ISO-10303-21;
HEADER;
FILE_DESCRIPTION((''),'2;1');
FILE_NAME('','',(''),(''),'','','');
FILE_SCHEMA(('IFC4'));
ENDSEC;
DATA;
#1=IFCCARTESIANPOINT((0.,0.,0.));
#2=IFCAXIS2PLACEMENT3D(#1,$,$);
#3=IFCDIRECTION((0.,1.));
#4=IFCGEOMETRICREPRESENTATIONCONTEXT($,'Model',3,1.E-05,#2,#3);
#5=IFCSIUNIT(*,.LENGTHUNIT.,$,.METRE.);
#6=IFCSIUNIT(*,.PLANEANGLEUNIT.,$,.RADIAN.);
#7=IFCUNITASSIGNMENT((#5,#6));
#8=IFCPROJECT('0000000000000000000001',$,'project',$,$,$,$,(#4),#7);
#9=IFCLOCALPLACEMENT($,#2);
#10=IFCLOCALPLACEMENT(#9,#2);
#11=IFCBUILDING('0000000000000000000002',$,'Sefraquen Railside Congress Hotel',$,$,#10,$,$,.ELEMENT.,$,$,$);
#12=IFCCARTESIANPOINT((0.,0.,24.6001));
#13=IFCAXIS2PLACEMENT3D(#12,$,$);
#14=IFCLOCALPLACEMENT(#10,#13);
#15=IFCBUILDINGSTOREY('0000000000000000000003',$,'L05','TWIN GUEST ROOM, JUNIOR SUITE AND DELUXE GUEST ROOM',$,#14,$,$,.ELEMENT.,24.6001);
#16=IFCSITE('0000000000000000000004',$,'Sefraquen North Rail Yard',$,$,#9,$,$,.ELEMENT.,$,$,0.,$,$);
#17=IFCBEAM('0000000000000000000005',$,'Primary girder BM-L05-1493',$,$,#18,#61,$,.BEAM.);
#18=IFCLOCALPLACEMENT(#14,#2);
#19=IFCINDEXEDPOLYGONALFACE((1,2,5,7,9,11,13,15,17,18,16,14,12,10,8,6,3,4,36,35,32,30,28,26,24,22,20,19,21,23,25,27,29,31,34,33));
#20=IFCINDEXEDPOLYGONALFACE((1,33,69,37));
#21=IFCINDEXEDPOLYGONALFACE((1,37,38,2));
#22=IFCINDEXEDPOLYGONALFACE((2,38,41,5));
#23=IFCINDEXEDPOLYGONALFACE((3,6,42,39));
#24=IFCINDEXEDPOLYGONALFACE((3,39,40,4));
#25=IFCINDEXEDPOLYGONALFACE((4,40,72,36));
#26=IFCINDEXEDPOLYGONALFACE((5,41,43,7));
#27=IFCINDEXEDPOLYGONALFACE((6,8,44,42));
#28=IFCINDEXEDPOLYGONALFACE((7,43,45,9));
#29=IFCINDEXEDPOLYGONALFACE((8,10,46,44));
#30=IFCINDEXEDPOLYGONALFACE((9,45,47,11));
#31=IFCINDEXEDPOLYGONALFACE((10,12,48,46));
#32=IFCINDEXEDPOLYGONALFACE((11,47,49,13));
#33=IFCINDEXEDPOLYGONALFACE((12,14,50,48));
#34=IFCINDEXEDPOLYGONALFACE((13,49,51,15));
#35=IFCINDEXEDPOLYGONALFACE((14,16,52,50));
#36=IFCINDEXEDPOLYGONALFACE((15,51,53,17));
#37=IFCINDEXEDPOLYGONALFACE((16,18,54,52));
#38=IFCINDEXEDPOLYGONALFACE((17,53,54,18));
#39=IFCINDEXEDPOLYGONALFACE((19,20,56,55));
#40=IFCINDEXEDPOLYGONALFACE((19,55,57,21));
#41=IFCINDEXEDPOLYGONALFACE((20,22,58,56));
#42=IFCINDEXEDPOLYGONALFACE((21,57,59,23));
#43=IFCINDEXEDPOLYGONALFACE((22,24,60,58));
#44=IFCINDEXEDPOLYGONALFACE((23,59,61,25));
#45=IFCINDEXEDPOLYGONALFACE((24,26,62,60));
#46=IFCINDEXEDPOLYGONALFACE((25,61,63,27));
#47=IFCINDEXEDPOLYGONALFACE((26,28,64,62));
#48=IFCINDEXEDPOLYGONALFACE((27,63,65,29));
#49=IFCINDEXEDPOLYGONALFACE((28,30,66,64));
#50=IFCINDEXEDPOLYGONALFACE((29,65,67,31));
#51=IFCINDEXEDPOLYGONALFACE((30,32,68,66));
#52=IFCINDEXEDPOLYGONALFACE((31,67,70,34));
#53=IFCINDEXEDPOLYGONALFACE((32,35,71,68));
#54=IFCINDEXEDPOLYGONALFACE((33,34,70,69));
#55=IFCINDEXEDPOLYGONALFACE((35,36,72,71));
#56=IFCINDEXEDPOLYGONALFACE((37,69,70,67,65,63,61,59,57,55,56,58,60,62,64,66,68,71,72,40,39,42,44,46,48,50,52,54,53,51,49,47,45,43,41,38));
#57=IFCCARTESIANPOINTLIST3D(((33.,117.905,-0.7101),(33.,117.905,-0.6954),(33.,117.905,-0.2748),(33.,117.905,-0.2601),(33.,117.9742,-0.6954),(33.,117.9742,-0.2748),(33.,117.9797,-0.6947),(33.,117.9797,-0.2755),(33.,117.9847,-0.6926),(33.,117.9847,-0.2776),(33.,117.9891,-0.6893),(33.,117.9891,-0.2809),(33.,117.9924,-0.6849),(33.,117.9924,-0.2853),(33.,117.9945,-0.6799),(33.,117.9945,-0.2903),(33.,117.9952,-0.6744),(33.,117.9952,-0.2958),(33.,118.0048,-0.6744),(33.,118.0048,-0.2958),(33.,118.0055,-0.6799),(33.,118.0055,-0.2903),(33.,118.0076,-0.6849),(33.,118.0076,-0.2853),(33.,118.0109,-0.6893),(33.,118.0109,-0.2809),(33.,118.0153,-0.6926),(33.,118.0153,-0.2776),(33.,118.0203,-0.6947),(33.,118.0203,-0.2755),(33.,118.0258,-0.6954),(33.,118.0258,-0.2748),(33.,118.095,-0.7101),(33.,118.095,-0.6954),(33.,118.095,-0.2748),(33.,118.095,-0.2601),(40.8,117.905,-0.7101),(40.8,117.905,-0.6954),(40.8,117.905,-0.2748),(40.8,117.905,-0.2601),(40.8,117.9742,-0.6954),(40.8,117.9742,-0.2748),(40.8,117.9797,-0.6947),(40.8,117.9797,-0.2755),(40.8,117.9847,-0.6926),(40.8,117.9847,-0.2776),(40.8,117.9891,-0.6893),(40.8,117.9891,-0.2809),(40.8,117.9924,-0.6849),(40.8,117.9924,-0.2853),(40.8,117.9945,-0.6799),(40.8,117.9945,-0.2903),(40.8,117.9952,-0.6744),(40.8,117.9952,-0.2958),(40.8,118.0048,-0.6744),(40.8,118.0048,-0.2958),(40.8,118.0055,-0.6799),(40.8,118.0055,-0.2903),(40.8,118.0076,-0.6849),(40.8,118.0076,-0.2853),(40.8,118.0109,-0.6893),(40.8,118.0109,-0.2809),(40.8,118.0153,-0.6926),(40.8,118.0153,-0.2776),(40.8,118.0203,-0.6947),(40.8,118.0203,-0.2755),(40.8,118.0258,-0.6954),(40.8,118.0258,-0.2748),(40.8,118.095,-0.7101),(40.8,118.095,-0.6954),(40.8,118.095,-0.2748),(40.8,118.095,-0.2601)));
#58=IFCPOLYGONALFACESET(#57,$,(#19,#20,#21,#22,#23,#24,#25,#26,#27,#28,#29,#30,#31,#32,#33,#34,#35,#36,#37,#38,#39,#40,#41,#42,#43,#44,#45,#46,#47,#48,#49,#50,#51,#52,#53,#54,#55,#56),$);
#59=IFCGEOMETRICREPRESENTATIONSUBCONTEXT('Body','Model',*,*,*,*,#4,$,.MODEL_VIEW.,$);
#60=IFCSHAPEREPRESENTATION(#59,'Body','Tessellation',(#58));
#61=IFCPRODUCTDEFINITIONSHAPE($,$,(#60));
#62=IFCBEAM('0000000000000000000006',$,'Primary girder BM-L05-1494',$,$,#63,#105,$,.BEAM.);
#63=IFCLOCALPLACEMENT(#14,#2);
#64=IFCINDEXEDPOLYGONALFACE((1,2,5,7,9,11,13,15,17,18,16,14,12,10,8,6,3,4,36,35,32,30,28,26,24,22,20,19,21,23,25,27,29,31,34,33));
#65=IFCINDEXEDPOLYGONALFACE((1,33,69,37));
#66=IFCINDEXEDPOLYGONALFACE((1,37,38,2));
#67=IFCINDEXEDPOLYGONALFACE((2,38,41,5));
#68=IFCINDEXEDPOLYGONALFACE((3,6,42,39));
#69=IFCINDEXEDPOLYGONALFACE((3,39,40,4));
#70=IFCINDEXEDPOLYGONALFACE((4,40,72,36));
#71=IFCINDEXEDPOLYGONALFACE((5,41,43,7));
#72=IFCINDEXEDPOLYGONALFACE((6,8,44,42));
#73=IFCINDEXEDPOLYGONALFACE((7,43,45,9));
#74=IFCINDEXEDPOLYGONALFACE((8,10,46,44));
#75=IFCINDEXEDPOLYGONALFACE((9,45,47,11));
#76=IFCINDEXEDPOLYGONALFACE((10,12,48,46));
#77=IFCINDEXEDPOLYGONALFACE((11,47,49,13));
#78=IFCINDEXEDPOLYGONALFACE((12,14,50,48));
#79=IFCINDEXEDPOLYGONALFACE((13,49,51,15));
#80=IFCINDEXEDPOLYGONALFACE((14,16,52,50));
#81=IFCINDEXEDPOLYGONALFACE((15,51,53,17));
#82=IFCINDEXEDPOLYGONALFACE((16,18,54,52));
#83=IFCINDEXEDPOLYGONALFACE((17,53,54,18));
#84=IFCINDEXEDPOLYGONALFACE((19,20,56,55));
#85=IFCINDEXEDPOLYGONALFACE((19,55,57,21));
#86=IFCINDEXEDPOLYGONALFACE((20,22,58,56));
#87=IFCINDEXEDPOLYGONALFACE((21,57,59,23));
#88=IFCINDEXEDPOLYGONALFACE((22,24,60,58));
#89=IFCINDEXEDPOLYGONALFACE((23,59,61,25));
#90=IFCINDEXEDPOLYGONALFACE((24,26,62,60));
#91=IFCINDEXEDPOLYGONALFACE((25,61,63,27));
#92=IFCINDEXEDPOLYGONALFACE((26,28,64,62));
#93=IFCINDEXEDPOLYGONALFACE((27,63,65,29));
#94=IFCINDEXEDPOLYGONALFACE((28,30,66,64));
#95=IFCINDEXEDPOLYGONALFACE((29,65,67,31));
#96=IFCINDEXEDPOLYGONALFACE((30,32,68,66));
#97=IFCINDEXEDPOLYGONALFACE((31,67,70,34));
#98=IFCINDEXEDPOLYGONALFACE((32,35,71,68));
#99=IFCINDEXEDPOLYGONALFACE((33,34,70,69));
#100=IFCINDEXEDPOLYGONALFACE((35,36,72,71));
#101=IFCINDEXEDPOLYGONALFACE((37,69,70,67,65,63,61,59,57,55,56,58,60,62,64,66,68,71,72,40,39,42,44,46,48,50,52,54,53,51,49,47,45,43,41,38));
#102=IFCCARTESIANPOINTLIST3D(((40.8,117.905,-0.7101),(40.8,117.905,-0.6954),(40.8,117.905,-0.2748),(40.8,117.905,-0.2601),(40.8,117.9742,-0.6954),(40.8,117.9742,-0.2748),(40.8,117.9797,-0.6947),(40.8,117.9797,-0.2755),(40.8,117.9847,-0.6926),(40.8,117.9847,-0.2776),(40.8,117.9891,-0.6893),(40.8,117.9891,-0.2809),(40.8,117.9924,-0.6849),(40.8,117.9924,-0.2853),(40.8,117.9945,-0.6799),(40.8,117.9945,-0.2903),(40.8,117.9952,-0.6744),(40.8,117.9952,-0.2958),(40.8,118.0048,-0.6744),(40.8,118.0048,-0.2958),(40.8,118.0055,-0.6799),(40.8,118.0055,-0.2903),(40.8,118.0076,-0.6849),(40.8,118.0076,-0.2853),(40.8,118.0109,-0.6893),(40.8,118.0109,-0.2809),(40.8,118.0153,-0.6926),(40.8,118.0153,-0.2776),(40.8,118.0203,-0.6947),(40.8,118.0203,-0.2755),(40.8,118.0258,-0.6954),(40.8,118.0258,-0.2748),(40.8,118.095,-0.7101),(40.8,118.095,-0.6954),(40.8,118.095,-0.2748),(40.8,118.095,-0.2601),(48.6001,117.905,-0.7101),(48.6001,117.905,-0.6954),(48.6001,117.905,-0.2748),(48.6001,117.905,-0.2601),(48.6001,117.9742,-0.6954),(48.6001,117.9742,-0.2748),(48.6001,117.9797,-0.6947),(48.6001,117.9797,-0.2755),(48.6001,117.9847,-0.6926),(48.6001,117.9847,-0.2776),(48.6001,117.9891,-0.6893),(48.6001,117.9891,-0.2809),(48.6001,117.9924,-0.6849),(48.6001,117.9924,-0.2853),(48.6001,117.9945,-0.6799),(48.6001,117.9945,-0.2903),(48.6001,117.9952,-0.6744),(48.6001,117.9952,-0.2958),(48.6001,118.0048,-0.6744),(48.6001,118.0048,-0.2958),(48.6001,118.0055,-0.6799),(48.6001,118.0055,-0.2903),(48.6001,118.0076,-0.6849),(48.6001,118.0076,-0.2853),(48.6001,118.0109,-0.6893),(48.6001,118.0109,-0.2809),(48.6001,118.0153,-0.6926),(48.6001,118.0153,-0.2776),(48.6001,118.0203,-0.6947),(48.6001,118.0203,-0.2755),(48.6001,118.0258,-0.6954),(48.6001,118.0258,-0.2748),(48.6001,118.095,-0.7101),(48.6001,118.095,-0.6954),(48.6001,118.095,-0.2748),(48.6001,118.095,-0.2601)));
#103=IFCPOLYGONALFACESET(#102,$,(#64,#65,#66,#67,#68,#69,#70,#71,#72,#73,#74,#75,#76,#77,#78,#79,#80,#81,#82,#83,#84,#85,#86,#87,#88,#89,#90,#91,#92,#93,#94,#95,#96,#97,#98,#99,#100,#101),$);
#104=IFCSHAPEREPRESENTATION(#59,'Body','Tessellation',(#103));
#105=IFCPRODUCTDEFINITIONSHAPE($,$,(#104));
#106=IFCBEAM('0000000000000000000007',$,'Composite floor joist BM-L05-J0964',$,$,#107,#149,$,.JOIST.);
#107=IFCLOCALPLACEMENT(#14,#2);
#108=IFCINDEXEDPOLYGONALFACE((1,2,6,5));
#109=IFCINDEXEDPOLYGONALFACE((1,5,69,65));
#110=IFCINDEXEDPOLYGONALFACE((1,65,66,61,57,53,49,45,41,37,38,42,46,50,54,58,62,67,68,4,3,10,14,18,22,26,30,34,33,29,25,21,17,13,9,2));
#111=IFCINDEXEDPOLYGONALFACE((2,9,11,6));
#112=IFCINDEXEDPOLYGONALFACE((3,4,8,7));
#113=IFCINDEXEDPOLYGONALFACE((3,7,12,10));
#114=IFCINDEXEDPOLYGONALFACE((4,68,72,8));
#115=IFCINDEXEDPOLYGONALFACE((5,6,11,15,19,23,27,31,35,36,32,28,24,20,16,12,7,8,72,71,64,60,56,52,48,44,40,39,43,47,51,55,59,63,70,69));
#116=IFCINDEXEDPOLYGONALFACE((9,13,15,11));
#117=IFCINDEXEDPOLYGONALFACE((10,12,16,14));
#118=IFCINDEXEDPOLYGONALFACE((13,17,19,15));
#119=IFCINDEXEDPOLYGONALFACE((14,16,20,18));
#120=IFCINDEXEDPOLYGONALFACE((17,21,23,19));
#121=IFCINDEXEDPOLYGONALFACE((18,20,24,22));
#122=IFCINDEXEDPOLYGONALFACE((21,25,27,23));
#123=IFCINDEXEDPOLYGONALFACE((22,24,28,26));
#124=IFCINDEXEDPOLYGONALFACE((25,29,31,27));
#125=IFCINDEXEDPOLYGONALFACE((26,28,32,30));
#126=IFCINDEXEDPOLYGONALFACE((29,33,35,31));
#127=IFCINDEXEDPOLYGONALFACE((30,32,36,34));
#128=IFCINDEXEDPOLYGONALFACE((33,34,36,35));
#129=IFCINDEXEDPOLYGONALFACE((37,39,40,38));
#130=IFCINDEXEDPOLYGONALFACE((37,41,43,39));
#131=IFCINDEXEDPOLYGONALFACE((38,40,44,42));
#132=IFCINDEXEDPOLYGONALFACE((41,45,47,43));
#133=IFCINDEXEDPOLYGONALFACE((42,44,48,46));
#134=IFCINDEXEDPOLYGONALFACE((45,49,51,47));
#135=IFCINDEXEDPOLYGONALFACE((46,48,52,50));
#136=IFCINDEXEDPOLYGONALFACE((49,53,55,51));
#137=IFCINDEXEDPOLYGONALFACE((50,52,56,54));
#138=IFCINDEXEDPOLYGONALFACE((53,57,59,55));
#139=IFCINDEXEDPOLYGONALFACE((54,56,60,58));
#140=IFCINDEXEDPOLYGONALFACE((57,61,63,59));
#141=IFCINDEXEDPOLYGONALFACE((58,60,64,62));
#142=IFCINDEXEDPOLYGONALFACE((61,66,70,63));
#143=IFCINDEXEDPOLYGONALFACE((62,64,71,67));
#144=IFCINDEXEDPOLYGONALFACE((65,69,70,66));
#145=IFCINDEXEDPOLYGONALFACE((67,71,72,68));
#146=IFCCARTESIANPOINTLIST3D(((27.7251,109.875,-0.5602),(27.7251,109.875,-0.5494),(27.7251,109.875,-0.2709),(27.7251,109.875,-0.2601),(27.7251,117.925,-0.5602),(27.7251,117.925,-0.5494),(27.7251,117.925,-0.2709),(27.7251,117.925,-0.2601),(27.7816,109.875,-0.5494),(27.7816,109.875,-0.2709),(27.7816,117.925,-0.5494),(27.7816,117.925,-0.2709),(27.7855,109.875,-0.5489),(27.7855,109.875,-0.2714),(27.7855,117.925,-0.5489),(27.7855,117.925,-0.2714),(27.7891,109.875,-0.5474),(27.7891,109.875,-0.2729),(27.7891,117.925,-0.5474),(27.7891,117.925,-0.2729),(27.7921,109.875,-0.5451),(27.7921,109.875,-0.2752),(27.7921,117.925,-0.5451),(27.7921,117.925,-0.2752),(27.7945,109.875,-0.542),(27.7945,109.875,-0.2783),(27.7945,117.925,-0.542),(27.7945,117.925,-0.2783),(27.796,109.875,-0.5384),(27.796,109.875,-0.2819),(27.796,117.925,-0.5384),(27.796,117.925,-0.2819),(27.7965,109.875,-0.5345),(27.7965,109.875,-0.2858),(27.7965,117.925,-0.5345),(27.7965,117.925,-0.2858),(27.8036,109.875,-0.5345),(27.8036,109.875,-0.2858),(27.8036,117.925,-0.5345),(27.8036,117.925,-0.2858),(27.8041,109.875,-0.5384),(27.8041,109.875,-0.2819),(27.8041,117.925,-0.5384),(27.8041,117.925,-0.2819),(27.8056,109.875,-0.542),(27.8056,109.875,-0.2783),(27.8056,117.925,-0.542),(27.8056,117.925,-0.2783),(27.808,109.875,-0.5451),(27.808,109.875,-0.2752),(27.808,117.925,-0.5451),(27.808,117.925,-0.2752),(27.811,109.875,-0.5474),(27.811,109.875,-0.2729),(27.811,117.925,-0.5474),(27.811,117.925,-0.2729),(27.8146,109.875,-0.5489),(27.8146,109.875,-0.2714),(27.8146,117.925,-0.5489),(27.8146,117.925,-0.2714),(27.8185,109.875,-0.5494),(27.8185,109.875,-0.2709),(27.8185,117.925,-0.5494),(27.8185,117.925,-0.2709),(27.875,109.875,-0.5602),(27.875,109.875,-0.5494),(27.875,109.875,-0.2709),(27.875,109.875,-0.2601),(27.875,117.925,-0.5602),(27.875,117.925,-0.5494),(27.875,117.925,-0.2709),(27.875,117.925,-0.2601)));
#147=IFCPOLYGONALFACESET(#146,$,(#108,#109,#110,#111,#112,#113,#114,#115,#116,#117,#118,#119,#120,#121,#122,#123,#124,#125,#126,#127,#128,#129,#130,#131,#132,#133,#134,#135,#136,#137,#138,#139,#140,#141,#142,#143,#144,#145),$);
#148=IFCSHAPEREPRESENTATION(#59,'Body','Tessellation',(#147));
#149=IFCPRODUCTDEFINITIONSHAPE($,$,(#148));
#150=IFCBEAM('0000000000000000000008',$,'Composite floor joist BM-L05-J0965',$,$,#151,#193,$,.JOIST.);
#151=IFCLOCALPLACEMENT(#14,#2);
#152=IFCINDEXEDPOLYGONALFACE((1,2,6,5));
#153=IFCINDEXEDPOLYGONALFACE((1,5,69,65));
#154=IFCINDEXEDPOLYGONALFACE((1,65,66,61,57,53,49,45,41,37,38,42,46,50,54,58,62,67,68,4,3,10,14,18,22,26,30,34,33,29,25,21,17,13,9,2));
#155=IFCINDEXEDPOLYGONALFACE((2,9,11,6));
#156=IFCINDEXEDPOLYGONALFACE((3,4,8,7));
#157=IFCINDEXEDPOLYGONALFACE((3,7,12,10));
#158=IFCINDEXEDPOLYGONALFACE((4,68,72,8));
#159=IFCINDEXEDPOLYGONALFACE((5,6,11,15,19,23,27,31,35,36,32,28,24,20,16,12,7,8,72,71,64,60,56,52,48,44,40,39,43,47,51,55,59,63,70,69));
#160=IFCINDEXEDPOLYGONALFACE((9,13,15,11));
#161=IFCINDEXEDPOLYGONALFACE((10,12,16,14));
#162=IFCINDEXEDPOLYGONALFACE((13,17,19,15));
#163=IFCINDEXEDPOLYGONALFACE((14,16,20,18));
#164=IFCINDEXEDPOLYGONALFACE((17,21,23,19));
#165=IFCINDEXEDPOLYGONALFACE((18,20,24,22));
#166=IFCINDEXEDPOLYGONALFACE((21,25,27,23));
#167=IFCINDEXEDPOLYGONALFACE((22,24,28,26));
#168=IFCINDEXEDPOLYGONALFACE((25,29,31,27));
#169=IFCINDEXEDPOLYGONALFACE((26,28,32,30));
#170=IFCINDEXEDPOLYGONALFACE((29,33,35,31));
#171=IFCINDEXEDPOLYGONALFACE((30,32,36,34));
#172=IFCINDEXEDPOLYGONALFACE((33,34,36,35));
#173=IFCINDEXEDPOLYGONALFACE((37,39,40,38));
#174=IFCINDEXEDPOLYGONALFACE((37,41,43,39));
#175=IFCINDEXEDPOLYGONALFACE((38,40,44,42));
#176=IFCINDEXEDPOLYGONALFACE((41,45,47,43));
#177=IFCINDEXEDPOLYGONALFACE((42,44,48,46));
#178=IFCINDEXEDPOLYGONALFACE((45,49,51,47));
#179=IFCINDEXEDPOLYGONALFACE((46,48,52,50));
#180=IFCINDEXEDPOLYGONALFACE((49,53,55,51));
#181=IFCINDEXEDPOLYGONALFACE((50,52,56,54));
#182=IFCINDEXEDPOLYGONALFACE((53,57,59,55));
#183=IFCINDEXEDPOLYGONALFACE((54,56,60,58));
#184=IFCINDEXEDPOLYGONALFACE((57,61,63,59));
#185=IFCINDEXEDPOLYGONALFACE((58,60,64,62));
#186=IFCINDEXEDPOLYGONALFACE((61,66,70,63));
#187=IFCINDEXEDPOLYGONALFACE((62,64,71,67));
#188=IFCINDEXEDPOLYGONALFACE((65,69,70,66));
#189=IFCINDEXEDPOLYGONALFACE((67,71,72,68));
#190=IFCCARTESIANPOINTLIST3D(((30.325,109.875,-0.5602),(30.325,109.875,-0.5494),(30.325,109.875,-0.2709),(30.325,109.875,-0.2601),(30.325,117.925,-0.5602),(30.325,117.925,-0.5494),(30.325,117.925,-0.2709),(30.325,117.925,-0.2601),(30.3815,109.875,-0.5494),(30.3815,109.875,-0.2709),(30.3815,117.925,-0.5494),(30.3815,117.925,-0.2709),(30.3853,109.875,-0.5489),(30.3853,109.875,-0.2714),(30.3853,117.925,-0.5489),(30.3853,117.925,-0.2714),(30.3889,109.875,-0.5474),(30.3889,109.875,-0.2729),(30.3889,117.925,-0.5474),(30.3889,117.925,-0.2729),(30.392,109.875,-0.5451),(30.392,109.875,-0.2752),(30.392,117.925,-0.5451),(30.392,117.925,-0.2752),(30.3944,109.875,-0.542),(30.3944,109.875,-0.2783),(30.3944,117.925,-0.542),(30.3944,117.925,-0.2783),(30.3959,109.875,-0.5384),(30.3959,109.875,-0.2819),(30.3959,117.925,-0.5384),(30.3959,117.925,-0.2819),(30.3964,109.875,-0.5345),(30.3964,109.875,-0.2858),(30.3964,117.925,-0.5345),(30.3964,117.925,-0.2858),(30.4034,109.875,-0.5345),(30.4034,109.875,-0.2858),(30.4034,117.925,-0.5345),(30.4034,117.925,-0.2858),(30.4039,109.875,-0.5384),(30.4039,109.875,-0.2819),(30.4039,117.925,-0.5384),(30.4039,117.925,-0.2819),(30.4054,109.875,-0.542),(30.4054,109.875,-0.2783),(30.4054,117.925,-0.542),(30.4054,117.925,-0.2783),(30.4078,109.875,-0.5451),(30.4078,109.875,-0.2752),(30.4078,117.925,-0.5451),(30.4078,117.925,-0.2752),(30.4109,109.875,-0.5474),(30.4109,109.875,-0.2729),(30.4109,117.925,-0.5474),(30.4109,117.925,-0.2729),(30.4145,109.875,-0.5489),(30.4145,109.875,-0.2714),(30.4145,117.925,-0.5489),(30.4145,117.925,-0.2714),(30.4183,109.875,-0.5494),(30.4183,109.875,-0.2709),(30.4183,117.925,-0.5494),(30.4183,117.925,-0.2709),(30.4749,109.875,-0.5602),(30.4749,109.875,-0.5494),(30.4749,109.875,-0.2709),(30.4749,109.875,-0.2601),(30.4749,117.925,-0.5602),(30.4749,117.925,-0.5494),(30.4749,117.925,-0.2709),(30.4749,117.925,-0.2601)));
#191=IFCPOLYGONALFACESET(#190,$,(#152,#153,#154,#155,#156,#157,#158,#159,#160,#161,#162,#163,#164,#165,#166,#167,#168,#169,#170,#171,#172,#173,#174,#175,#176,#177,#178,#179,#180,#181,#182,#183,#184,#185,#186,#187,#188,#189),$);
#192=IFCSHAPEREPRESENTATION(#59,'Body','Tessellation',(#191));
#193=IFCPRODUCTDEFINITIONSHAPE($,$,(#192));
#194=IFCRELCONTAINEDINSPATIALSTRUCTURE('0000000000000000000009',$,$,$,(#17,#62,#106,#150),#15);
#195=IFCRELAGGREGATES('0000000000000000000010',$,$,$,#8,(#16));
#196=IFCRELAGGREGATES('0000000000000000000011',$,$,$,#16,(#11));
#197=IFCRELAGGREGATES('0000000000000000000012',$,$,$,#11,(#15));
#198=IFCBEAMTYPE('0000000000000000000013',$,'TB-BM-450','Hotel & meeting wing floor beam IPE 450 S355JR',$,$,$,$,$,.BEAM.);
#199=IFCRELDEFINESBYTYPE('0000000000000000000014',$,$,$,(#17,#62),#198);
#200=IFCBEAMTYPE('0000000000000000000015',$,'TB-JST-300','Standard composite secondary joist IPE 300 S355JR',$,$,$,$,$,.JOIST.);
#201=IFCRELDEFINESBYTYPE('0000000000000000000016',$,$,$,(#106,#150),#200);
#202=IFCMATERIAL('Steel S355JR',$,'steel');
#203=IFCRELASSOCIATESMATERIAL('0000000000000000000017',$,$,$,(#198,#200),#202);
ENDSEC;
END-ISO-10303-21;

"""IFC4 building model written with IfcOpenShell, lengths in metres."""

from ifc_helpers import new_model, si_unit, direction, frame, origin, origin_2d, place, context, subcontext, project, spatial, i_section, extrude, material, material_profile, profile_set, type_object, element, save


model = new_model("IFC4")

# Units and contexts
model_context = context("Model", 3, precision=1e-05, world=origin(), true_north=direction((0.0, 1.0)))
body_context = subcontext(model_context, "Body", "Model", "MODEL_VIEW")
ifc_project = project(units=[si_unit("LENGTHUNIT", "METRE"), si_unit("PLANEANGLEUNIT", "RADIAN")], contexts=[model_context])

# Site, building, storey
site_placement = place(None, origin())
site = spatial("IfcSite", under=ifc_project, at=site_placement, Name="Sefraquen North Rail Yard", CompositionType="ELEMENT", RefElevation=0.0)
building_placement = place(site_placement, origin())
building = spatial("IfcBuilding", under=site, at=building_placement, Name="Sefraquen Railside Congress Hotel", CompositionType="ELEMENT")
storey_placement = place(building_placement, frame((0.0, 0.0, 24.6001)))
storey = spatial("IfcBuildingStorey", under=building, at=storey_placement, Name="L05", Description="TWIN GUEST ROOM, JUNIOR SUITE AND DELUXE GUEST ROOM", CompositionType="ELEMENT", Elevation=24.6001)

# Shared definitions
ifc_material_1 = material(Name="Steel S355JR", Category="steel")

# Beams
ifc_material_profile_1 = material_profile(ifc_material_1, i_section(OverallWidth=0.1899, OverallDepth=0.45, WebThickness=0.0095, FlangeThickness=0.0146, FilletRadius=0.021, at=origin_2d()), Name="IPE 450")
ifc_profile_set_1 = profile_set([ifc_material_profile_1], Name="Steel S355JR")
beam_type_1 = type_object("IfcBeamType", Name="TB-BM-450", Description="Hotel & meeting wing floor beam IPE 450 S355JR", PredefinedType="BEAM", material=ifc_profile_set_1)
for number, where, z_axis, x_axis, name in (
    (1, (33.0, 118.0, -0.4851), (1.0, 0.0, 0.0), (0.0, 1.0, 0.0), "Primary girder BM-L05-1493"),
    (2, (40.8, 118.0, -0.4851), (1.0, 0.0, 0.0), (0.0, 1.0, 0.0), "Primary girder BM-L05-1494"),
):
    element("IfcBeam", number, at=place(storey_placement, frame(where, z_axis=z_axis, x_axis=x_axis)), inside=storey, type_object=beam_type_1, Name=name, PredefinedType="BEAM", context=body_context, shape_type="SweptSolid", body=[
        extrude(i_section(OverallWidth=0.1899, OverallDepth=0.45, WebThickness=0.0095, FlangeThickness=0.0146, FilletRadius=0.021, at=origin_2d()), origin(), (0.0, 0.0, 1.0), 7.8),
    ])
ifc_material_profile_2 = material_profile(ifc_material_1, i_section(OverallWidth=0.1499, OverallDepth=0.3, WebThickness=0.0071, FlangeThickness=0.0107, FilletRadius=0.0149, at=origin_2d()), Name="IPE 300")
ifc_profile_set_2 = profile_set([ifc_material_profile_2], Name="Steel S355JR")
beam_type_2 = type_object("IfcBeamType", Name="TB-JST-300", Description="Standard composite secondary joist IPE 300 S355JR", PredefinedType="JOIST", material=ifc_profile_set_2)
for number, where, z_axis, x_axis, name in (
    (3, (27.8, 109.875, -0.4102), (0.0, 1.0, 0.0), (-1.0, 0.0, 0.0), "Composite floor joist BM-L05-J0964"),
    (4, (30.3999, 109.875, -0.4102), (0.0, 1.0, 0.0), (-1.0, 0.0, 0.0), "Composite floor joist BM-L05-J0965"),
):
    element("IfcBeam", number, at=place(storey_placement, frame(where, z_axis=z_axis, x_axis=x_axis)), inside=storey, type_object=beam_type_2, Name=name, PredefinedType="JOIST", context=body_context, shape_type="SweptSolid", body=[
        extrude(i_section(OverallWidth=0.1499, OverallDepth=0.3, WebThickness=0.0071, FlangeThickness=0.0107, FilletRadius=0.0149, at=origin_2d()), origin(), (0.0, 0.0, 1.0), 8.05),
    ])

save(model, "model.ifc")
